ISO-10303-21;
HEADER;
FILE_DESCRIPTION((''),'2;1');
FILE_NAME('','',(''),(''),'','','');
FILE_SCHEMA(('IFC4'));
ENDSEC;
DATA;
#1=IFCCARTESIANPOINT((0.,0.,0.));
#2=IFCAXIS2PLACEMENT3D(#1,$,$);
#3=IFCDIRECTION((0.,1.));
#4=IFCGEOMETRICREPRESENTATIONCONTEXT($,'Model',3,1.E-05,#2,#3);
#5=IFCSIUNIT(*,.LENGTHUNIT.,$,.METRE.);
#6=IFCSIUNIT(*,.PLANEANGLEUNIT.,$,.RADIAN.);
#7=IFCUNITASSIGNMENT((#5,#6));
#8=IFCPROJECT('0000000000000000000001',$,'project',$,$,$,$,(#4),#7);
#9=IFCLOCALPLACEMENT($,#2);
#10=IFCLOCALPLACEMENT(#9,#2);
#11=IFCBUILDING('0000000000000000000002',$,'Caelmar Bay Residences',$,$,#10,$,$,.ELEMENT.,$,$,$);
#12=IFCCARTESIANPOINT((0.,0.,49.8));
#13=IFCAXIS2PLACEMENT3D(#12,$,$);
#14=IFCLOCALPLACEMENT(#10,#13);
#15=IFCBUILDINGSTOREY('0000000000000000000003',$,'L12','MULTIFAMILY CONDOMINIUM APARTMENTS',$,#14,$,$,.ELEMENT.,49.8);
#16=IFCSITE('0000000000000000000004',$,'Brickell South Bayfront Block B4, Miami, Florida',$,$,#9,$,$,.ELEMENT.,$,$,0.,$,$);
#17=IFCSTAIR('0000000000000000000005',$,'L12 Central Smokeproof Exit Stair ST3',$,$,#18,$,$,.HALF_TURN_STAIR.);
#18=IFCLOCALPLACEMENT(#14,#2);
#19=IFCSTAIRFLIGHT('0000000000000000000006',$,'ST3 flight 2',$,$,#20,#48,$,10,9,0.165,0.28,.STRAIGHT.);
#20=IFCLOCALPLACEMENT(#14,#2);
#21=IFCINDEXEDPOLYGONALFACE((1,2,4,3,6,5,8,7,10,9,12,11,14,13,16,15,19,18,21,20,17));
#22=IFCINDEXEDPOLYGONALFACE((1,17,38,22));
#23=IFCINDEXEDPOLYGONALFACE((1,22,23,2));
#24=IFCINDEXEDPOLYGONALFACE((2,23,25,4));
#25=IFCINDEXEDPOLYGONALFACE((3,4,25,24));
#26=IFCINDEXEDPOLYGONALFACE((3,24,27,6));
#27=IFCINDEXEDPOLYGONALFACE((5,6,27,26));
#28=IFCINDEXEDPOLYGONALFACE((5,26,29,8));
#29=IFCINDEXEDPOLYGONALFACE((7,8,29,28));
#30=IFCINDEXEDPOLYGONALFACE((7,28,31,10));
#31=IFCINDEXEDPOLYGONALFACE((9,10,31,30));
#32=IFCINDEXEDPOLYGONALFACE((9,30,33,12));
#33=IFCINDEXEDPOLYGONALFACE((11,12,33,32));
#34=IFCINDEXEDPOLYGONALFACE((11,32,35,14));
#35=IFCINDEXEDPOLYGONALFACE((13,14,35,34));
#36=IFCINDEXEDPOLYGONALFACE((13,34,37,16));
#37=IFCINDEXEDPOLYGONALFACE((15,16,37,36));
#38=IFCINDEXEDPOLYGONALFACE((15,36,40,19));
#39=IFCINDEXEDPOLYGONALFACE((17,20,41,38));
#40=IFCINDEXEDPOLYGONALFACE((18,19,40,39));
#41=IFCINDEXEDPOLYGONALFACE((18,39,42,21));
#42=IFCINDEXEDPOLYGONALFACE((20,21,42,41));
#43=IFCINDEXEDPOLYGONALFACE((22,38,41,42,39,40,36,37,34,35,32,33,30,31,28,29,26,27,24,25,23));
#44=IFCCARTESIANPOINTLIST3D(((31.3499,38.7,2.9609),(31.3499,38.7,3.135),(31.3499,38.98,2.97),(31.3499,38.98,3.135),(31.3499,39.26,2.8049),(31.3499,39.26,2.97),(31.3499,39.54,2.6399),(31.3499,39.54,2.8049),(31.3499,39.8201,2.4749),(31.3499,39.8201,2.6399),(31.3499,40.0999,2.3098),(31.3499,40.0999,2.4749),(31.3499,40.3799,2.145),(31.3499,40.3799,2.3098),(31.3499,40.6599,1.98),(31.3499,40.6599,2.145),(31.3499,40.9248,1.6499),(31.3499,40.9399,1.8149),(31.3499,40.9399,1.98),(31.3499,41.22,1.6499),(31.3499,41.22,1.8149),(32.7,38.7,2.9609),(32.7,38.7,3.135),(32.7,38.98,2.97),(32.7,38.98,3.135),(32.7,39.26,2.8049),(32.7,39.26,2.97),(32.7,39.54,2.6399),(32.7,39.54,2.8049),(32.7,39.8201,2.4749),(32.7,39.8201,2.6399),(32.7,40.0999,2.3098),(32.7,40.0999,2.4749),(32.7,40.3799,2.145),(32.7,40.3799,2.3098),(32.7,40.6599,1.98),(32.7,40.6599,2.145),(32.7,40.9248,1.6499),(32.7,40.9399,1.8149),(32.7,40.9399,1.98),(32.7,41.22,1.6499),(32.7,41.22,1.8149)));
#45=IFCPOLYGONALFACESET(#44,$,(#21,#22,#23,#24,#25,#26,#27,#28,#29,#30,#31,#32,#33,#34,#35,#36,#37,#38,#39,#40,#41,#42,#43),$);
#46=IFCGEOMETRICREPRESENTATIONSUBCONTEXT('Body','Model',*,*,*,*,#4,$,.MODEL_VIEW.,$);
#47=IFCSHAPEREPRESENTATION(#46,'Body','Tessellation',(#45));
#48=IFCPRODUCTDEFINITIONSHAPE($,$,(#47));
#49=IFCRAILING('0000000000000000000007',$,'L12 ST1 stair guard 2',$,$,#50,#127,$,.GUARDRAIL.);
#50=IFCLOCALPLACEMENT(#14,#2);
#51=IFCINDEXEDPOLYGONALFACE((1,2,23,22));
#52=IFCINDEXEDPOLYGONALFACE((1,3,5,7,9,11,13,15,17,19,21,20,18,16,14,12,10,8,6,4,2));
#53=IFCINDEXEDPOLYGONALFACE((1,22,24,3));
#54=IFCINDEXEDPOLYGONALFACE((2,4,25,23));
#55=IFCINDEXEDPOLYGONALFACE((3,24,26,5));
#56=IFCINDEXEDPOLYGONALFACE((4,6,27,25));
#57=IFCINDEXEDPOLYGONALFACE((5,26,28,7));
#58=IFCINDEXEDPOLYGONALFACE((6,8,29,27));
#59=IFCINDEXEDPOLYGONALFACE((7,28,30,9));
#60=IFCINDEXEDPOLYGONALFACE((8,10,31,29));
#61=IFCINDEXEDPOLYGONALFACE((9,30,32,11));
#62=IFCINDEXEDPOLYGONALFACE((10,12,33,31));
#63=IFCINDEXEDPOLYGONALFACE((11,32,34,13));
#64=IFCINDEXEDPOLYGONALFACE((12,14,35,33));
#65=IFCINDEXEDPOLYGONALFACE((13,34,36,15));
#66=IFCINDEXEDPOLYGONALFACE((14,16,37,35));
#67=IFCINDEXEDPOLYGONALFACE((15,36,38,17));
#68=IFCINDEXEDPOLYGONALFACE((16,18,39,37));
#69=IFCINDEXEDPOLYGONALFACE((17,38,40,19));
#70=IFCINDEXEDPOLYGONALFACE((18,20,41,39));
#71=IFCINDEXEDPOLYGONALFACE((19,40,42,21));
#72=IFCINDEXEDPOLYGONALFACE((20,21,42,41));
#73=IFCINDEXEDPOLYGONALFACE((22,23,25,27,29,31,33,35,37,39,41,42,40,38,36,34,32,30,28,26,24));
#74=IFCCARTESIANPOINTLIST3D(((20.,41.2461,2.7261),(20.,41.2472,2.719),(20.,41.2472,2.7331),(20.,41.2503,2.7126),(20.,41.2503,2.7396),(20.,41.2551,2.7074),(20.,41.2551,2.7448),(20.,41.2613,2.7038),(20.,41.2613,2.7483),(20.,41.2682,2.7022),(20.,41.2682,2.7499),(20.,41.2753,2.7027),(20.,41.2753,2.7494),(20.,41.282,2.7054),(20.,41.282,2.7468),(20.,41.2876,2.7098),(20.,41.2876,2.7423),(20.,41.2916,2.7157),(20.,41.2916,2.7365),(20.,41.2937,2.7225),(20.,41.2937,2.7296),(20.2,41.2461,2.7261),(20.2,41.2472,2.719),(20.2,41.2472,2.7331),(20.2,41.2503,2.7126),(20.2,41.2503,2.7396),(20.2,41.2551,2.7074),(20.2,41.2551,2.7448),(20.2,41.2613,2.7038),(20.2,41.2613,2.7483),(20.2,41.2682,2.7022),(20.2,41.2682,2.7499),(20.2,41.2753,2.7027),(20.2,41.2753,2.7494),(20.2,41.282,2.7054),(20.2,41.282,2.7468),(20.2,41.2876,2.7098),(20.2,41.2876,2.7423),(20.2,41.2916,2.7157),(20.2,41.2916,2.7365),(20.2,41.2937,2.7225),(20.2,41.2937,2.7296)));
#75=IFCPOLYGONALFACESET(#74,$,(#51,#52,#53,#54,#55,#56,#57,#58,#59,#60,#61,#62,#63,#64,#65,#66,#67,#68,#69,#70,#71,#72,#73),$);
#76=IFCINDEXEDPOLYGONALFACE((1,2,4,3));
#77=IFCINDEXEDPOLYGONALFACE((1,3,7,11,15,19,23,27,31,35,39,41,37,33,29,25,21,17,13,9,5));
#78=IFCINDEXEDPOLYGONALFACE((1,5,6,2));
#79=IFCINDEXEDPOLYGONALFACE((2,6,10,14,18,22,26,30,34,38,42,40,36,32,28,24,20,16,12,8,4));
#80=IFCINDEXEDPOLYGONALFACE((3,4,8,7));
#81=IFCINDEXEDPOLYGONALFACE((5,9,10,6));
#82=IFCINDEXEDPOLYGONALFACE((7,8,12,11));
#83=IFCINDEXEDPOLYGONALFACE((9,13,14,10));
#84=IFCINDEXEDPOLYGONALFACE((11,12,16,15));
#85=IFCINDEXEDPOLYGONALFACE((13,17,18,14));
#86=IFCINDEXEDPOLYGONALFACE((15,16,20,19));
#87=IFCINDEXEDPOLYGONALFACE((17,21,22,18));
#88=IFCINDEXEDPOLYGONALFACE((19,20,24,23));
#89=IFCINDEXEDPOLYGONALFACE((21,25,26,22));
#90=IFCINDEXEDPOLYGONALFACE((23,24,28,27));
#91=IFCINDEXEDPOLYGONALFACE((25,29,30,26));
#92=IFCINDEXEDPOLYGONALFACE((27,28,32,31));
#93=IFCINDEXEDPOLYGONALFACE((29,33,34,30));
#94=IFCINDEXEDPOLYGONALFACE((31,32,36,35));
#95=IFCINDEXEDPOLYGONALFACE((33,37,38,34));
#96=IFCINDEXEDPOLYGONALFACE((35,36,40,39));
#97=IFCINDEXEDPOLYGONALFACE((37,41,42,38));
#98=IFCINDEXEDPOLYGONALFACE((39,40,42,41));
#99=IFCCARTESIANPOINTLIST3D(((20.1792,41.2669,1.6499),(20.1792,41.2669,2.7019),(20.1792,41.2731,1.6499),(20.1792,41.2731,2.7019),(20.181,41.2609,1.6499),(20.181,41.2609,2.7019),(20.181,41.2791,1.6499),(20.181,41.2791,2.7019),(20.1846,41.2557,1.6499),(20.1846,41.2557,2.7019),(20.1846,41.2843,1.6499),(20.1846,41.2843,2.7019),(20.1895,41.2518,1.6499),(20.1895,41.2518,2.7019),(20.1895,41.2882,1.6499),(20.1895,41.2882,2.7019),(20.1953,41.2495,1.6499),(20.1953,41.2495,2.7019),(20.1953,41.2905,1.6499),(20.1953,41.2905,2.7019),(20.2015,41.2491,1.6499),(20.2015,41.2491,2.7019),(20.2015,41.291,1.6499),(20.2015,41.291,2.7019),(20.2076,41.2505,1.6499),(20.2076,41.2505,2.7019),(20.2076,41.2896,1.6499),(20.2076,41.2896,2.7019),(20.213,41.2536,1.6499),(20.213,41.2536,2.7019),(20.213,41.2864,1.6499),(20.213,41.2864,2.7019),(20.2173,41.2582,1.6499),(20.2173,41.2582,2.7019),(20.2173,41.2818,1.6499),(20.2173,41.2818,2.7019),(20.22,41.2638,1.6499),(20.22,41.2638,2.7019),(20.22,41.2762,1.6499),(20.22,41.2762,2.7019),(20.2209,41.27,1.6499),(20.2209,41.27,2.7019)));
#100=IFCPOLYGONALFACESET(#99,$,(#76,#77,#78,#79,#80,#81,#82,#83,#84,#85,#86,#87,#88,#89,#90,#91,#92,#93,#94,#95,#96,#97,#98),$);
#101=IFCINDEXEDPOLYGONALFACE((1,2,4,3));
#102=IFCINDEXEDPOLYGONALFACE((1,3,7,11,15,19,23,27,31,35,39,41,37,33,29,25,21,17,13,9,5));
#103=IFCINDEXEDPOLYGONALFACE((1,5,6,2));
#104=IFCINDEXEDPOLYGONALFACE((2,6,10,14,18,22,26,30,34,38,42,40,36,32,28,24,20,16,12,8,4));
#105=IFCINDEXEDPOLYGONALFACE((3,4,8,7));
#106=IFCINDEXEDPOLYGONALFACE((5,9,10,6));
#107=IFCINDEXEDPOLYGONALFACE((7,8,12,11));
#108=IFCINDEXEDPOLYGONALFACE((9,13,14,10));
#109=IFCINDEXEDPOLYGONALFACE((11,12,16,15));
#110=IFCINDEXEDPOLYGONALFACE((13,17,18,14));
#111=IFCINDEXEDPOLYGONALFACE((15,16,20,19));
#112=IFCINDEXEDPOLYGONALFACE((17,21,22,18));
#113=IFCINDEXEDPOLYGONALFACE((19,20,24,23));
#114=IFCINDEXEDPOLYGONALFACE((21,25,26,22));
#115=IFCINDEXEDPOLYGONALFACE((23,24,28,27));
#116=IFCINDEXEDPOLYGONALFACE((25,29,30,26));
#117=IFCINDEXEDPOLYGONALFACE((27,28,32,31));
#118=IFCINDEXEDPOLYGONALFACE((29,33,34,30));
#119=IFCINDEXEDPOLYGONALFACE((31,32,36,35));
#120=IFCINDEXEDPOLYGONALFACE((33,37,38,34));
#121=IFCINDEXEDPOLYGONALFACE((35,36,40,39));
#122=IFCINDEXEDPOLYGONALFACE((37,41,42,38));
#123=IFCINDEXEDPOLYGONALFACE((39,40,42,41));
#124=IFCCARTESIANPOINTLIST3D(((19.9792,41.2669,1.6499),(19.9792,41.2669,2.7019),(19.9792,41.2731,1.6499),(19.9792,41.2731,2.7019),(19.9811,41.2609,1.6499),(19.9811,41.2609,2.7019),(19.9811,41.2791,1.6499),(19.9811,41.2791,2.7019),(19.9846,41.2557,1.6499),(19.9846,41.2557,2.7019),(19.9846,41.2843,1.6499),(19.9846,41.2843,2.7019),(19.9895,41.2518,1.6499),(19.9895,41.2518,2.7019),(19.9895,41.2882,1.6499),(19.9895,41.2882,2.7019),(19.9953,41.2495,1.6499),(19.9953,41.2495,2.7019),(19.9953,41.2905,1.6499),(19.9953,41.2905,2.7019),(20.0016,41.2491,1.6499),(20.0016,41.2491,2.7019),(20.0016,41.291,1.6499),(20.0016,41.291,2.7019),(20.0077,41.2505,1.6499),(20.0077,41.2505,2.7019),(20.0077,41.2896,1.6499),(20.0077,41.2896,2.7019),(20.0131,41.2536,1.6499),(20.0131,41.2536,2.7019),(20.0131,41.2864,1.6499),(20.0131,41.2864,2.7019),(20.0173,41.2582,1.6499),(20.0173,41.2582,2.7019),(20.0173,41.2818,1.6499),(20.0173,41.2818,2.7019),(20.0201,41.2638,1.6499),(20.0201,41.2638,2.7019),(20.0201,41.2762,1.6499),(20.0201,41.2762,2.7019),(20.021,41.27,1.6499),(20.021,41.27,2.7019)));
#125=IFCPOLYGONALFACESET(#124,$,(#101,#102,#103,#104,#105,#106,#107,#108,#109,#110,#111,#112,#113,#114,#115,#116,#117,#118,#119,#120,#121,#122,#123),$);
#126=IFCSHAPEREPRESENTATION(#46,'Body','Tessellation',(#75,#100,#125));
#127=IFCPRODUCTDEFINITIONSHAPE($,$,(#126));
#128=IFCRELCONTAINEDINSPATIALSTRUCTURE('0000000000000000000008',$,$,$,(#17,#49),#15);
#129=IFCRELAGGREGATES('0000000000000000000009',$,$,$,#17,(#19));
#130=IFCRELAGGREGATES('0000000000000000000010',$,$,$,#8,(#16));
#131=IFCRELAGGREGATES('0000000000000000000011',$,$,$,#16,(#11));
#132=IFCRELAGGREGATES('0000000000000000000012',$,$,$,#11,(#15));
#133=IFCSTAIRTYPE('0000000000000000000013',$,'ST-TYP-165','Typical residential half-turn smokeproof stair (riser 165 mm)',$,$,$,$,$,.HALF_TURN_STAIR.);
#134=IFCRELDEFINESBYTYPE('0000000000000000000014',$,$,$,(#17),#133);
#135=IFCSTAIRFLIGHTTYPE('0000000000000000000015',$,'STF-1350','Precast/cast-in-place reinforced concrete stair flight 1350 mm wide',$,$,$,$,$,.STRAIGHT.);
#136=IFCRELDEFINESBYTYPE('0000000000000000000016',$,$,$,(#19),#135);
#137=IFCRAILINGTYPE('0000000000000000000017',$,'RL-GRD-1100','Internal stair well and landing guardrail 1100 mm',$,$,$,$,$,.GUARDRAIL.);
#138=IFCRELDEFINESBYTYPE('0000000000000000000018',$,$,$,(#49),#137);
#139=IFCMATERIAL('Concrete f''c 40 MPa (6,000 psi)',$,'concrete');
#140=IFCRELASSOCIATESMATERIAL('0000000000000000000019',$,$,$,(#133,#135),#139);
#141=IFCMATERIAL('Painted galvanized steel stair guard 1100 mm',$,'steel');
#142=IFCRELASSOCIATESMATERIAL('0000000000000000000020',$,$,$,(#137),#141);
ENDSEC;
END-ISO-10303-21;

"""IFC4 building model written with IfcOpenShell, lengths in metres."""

from ifc_helpers import new_model, si_unit, direction, frame, origin, origin_2d, place, context, subcontext, project, spatial, polyline, circle, outline, extrude, material, type_object, element, aggregate, save


model = new_model("IFC4")

# Units and contexts
model_context = context("Model", 3, precision=1e-05, world=origin(), true_north=direction((0.0, 1.0)))
body_context = subcontext(model_context, "Body", "Model", "MODEL_VIEW")
ifc_project = project(units=[si_unit("LENGTHUNIT", "METRE"), si_unit("PLANEANGLEUNIT", "RADIAN")], contexts=[model_context])

# Site, building, storey
site_placement = place(None, origin())
site = spatial("IfcSite", under=ifc_project, at=site_placement, Name="Brickell South Bayfront Block B4, Miami, Florida", CompositionType="ELEMENT", RefElevation=0.0)
building_placement = place(site_placement, origin())
building = spatial("IfcBuilding", under=site, at=building_placement, Name="Caelmar Bay Residences", CompositionType="ELEMENT")
storey_placement = place(building_placement, frame((0.0, 0.0, 49.8)))
storey = spatial("IfcBuildingStorey", under=building, at=storey_placement, Name="L12", Description="MULTIFAMILY CONDOMINIUM APARTMENTS", CompositionType="ELEMENT", Elevation=49.8)

# Stair, stair flight
ifc_material_1 = material(Name="Concrete f'c 40 MPa (6,000 psi)", Category="concrete")
stair_type = type_object("IfcStairType", Name="ST-TYP-165", Description="Typical residential half-turn smokeproof stair (riser 165 mm)", PredefinedType="HALF_TURN_STAIR", material=ifc_material_1)
stair_flight_type = type_object("IfcStairFlightType", Name="STF-1350", Description="Precast/cast-in-place reinforced concrete stair flight 1350 mm wide", PredefinedType="STRAIGHT", material=ifc_material_1)
stair_1_placement = place(storey_placement, origin())
stair_1 = element("IfcStair", 1, at=stair_1_placement, inside=storey, type_object=stair_type, Name="L12 Central Smokeproof Exit Stair ST3", PredefinedType="HALF_TURN_STAIR")
stair_flight_1_placement = place(storey_placement, frame((32.0249, 41.22, 1.6499), z_axis=(0.0, 0.0, 1.0), x_axis=(0.0, -1.0, 0.0)))
stair_flight_1 = element("IfcStairFlight", 2, at=stair_flight_1_placement, type_object=stair_flight_type, Name="ST3 flight 2", NumberOfRisers=10, NumberOfTreads=9, PredefinedType="STRAIGHT", RiserHeight=0.165, TreadLength=0.28, context=body_context, shape_type="SweptSolid", body=[
    extrude(outline(polyline([(0.0, 0.0), (0.0, 0.165), (0.28, 0.165), (0.28, 0.3301), (0.5601, 0.3301), (0.5601, 0.4951), (0.8401, 0.4951), (0.8401, 0.6599), (1.1201, 0.6599), (1.1201, 0.825), (1.3999, 0.825), (1.3999, 0.99), (1.6799, 0.99), (1.6799, 1.155), (1.96, 1.155), (1.96, 1.3201), (2.24, 1.3201), (2.24, 1.4851), (2.52, 1.4851), (2.52, 1.6499), (2.52, 1.311), (0.2952, 0.0), (0.0, 0.0)])), frame((0.0, 0.675, 0.0), z_axis=(0.0, -1.0, 0.0), x_axis=(1.0, 0.0, 0.0)), (0.0, 0.0, 1.0), 1.3501),
])
aggregate(stair_1, [stair_flight_1])

# Railing
ifc_material_2 = material(Name="Painted galvanized steel stair guard 1100 mm", Category="steel")
railing_type_1 = type_object("IfcRailingType", Name="RL-GRD-1100", Description="Internal stair well and landing guardrail 1100 mm", PredefinedType="GUARDRAIL", material=ifc_material_2)
railing_1_placement = place(storey_placement, frame((20.2, 41.27, 1.6499)))
element("IfcRailing", 3, at=railing_1_placement, inside=storey, type_object=railing_type_1, Name="L12 ST1 stair guard 2", PredefinedType="GUARDRAIL", context=body_context, shape_type="SweptSolid", body=[
    extrude(circle(Radius=0.0239, at=origin_2d()), frame((0.0, 0.0, 1.0762), z_axis=(-1.0, 0.0, 0.0), x_axis=(0.0, -1.0, 0.0)), (0.0, 0.0, 1.0), 0.2),
    extrude(circle(Radius=0.021, at=origin_2d()), origin(), (0.0, 0.0, 1.0), 1.052),
    extrude(circle(Radius=0.021, at=origin_2d()), frame((-0.2, 0.0, 0.0)), (0.0, 0.0, 1.0), 1.052),
])

save(model, "model.ifc")
